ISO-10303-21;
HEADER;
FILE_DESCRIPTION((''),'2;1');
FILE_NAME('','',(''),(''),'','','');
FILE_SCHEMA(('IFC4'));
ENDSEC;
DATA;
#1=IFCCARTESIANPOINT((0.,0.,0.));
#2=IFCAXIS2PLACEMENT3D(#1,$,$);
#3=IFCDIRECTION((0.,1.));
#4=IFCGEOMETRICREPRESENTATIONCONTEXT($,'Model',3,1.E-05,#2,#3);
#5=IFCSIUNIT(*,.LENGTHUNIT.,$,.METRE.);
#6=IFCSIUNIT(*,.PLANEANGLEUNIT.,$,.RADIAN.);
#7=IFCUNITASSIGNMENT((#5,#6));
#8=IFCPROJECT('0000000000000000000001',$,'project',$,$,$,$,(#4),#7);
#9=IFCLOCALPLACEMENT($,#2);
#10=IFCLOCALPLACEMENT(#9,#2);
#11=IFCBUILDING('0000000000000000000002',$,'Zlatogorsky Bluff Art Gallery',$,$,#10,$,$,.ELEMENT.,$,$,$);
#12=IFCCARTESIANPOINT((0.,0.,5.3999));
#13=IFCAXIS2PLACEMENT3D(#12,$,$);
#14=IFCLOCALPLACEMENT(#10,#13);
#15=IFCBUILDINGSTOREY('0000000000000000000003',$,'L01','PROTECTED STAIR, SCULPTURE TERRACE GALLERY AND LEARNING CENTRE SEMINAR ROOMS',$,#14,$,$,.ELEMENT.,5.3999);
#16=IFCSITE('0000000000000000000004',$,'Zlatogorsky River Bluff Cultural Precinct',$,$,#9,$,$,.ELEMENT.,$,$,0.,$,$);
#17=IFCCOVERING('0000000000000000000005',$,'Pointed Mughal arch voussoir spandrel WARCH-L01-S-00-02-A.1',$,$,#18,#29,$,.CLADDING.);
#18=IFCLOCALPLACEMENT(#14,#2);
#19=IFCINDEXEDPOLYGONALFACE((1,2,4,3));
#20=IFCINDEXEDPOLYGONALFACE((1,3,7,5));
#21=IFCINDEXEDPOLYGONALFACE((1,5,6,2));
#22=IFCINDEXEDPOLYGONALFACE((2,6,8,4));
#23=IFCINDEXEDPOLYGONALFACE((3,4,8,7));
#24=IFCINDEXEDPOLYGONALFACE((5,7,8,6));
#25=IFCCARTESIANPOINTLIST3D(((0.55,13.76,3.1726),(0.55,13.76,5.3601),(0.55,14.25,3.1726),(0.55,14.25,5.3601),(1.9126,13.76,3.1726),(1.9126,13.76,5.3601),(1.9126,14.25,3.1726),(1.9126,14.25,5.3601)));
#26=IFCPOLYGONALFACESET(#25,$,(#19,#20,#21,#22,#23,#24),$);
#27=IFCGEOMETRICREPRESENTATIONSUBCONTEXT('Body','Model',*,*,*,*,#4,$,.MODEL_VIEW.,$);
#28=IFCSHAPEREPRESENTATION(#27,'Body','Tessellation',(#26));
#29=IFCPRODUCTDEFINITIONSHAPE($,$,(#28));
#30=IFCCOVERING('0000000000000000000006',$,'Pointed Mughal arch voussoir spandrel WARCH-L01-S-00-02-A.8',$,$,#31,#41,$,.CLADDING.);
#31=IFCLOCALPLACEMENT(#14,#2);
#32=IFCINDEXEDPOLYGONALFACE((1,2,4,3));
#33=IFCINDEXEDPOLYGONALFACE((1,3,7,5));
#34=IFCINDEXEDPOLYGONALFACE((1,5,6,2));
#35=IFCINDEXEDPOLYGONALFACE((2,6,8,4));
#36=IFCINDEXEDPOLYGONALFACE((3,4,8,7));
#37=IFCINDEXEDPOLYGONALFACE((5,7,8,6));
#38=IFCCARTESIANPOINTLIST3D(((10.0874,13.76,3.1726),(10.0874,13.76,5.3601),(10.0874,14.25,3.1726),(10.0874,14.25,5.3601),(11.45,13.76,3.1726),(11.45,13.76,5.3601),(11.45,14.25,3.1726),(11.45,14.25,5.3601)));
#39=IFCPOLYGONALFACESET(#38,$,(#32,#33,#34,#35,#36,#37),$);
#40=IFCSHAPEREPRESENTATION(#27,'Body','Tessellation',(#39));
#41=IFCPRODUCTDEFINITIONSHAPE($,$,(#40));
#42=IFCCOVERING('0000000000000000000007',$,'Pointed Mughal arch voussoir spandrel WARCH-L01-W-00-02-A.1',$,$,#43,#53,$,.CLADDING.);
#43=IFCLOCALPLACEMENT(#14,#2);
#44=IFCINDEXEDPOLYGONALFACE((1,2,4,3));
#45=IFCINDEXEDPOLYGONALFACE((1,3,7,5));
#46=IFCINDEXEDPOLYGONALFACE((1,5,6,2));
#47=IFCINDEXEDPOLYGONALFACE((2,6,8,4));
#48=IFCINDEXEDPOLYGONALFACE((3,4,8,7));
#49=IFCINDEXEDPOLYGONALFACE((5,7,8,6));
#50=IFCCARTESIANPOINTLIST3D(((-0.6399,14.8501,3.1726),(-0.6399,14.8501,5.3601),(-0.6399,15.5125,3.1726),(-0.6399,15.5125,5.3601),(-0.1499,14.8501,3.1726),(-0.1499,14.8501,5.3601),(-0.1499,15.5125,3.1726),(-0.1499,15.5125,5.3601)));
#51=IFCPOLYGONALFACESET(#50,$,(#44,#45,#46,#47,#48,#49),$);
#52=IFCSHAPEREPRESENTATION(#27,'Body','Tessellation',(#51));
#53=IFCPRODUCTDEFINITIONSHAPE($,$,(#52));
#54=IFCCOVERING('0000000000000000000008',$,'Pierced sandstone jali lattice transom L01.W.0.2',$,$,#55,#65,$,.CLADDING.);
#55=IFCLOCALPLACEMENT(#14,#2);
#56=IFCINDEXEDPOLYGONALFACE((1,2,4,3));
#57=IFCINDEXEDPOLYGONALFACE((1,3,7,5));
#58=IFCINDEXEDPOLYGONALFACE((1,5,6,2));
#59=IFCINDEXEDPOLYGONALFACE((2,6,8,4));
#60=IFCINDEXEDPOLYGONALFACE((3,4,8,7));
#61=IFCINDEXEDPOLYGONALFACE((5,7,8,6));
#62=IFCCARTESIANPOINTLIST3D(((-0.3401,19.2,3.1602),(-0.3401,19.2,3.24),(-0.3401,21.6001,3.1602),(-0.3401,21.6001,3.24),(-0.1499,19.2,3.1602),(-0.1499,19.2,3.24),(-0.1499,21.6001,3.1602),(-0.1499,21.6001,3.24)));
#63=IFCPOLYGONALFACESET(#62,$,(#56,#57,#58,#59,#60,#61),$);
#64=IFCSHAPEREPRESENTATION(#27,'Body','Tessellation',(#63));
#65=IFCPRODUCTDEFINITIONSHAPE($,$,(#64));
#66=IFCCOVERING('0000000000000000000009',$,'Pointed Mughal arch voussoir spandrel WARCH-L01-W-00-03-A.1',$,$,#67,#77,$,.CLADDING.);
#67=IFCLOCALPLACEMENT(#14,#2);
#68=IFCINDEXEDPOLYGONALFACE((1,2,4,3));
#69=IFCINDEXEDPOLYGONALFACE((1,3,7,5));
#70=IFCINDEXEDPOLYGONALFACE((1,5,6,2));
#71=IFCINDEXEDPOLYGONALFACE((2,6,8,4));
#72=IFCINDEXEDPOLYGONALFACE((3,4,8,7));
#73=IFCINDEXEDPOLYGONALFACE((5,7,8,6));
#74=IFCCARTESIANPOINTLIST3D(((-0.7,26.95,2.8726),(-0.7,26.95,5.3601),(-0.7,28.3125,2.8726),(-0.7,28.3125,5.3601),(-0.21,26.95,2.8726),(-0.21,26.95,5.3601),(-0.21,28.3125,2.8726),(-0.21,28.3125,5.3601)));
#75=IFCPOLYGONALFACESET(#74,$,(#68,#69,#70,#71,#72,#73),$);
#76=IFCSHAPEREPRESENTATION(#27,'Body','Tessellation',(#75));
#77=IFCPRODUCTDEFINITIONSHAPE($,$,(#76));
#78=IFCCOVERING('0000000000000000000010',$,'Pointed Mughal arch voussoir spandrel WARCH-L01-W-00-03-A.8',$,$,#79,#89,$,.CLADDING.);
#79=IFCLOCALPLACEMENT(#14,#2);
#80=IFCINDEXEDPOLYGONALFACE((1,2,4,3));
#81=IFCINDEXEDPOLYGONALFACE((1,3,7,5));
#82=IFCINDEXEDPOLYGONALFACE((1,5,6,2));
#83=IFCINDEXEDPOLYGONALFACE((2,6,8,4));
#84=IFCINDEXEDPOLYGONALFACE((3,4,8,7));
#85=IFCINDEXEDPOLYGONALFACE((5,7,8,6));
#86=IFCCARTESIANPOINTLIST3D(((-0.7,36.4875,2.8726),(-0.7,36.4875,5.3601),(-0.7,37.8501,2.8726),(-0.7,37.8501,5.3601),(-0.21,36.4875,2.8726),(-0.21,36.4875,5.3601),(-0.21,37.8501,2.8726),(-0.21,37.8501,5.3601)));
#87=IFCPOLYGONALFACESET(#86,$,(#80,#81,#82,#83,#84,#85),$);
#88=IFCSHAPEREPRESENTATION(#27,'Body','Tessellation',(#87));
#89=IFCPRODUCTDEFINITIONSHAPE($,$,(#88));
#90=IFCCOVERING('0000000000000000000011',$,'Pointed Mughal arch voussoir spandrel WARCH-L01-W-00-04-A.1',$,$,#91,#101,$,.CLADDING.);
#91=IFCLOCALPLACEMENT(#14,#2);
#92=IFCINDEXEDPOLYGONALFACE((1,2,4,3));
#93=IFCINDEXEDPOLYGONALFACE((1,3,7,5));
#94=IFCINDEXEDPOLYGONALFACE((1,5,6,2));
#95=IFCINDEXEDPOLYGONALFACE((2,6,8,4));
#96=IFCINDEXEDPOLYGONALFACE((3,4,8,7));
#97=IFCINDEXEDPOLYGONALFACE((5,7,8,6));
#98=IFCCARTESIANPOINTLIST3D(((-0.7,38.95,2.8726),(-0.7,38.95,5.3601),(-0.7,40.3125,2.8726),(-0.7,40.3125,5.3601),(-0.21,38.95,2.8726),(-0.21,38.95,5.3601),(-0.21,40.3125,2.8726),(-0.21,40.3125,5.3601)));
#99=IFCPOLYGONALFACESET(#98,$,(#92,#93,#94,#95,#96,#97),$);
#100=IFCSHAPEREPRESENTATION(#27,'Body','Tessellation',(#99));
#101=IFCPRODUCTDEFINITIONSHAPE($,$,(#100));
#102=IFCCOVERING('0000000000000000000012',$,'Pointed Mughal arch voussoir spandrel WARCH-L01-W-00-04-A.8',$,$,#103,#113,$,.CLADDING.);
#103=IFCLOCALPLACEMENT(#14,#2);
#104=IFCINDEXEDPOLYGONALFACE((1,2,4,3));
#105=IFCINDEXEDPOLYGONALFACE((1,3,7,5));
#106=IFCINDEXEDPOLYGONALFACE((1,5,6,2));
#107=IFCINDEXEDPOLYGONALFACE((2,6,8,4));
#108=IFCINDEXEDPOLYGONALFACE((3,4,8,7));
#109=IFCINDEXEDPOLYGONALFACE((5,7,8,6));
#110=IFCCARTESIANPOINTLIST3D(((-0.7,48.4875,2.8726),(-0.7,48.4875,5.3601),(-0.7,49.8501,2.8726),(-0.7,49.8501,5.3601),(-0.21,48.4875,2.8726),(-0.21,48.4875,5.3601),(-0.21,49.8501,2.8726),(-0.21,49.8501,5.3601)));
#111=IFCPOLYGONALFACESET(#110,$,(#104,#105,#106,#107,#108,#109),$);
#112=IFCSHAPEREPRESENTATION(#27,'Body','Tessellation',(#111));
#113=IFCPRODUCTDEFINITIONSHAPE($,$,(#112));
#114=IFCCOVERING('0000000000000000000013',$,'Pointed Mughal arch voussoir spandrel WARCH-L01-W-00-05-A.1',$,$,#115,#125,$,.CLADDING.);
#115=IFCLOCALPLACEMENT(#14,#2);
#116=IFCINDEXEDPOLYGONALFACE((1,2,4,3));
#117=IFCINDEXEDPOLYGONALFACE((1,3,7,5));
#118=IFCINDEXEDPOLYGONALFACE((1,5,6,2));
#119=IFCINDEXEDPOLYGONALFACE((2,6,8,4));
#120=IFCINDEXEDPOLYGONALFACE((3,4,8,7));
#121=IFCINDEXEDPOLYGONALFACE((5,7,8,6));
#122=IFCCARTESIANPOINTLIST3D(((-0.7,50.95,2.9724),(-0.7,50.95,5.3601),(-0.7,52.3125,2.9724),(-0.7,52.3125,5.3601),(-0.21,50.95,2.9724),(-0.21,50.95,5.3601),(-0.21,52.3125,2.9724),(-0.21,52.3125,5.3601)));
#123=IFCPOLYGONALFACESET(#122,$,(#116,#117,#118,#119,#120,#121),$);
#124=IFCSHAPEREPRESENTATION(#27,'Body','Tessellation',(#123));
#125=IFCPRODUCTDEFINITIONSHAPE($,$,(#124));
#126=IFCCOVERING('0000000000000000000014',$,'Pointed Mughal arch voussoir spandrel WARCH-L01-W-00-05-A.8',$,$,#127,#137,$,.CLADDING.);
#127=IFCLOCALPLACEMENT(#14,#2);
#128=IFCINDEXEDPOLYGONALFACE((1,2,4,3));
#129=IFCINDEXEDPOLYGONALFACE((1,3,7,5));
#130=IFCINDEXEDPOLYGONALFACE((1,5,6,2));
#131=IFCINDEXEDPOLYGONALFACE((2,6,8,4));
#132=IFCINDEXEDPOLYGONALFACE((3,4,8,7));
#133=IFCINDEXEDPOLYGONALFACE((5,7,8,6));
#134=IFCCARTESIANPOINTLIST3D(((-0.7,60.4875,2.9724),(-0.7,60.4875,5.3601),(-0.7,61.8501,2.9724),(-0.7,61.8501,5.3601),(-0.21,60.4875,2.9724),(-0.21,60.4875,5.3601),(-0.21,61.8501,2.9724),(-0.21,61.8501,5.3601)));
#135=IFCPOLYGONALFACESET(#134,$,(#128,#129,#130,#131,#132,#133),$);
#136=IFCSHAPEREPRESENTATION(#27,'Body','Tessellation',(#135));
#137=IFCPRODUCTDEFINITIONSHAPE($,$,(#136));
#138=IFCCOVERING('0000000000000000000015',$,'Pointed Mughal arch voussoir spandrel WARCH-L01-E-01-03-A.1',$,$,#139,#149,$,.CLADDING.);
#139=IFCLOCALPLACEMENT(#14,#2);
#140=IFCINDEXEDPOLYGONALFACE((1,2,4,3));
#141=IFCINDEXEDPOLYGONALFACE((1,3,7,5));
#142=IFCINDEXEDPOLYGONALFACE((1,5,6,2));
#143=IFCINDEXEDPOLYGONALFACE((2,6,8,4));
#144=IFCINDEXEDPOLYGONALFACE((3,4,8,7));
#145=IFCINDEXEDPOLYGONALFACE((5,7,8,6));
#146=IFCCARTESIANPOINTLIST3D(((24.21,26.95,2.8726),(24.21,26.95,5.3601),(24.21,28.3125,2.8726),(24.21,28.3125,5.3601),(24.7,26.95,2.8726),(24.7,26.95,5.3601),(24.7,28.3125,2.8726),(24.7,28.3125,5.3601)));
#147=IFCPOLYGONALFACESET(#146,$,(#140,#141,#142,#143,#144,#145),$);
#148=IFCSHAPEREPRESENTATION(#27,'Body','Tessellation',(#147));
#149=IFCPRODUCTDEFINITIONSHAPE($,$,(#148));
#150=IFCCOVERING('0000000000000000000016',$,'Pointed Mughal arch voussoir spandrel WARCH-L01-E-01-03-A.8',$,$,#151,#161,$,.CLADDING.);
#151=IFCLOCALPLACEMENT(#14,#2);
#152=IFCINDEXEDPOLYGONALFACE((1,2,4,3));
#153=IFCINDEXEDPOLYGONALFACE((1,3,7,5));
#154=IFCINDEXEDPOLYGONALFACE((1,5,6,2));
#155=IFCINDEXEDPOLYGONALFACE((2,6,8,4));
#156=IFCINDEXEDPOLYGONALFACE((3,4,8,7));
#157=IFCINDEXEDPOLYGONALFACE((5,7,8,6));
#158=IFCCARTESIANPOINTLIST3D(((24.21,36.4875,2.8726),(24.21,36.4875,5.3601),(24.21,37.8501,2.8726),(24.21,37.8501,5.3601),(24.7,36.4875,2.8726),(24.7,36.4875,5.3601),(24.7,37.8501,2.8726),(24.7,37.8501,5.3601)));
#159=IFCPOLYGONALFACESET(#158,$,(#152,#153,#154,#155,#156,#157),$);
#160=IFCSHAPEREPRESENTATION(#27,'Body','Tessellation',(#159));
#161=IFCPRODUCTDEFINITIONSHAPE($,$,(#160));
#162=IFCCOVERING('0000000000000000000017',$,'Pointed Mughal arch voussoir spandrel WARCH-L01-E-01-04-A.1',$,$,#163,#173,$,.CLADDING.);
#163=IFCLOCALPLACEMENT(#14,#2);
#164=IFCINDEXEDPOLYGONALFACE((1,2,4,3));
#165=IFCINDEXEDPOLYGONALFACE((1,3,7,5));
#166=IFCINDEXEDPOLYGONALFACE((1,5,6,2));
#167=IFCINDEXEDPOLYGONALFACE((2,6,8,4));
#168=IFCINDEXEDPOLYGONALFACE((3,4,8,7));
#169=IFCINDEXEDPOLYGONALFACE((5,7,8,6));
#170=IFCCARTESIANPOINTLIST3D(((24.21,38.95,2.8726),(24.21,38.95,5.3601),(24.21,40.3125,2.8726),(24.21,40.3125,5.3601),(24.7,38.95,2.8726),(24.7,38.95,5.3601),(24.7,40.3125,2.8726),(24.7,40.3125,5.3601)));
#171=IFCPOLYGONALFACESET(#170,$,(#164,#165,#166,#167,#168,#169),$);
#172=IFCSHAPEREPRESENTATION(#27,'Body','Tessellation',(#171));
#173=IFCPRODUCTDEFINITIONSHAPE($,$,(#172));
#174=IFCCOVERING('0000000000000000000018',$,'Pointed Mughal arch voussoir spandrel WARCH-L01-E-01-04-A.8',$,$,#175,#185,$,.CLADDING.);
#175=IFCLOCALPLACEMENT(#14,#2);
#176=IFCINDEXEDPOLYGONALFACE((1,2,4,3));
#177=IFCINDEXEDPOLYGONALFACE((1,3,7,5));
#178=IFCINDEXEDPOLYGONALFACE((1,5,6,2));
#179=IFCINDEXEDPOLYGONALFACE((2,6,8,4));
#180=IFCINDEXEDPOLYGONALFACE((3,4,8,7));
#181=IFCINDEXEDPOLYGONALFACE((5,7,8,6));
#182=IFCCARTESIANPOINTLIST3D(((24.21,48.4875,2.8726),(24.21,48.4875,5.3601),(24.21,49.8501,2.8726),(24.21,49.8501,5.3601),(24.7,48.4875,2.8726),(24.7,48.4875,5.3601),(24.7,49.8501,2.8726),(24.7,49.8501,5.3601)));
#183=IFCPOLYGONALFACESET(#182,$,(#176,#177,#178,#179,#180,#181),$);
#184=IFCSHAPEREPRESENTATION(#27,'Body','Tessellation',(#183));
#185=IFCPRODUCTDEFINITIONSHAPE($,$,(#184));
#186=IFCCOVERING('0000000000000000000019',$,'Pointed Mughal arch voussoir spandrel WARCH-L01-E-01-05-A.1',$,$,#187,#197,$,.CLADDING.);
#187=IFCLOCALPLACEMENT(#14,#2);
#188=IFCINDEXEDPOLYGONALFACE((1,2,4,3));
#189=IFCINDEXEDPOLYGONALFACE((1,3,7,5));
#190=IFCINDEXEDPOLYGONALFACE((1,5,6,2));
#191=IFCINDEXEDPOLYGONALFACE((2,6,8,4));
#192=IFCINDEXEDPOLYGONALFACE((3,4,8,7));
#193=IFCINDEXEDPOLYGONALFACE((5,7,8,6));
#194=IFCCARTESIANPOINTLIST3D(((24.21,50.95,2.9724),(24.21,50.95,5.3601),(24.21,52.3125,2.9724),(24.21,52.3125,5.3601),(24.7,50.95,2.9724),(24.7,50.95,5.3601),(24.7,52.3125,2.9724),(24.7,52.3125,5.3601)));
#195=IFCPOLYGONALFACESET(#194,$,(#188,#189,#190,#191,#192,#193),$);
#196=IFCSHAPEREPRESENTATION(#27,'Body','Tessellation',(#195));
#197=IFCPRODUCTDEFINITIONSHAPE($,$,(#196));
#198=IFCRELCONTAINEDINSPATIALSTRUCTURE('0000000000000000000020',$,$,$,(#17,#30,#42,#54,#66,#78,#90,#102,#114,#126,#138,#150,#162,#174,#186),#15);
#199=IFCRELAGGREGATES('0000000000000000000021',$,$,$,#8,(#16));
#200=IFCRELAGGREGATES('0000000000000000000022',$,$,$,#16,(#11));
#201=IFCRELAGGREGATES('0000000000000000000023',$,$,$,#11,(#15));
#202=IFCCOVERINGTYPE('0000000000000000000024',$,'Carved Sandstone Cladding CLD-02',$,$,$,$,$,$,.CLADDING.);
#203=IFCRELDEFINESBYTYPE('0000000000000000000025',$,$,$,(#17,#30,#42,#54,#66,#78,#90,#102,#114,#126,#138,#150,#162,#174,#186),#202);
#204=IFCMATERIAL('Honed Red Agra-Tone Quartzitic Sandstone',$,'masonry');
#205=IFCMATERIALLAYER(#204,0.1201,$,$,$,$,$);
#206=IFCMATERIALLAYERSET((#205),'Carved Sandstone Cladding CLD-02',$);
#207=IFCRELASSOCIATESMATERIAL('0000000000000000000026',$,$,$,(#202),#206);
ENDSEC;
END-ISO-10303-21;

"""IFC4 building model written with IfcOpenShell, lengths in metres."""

from ifc_helpers import new_model, si_unit, direction, frame, origin, place, context, subcontext, project, spatial, polyline, outline, extrude, material, layer, layer_set, type_object, element, save


model = new_model("IFC4")

# Units and contexts
model_context = context("Model", 3, precision=1e-05, world=origin(), true_north=direction((0.0, 1.0)))
body_context = subcontext(model_context, "Body", "Model", "MODEL_VIEW")
ifc_project = project(units=[si_unit("LENGTHUNIT", "METRE"), si_unit("PLANEANGLEUNIT", "RADIAN")], contexts=[model_context])

# Site, building, storey
site_placement = place(None, origin())
site = spatial("IfcSite", under=ifc_project, at=site_placement, Name="Zlatogorsky River Bluff Cultural Precinct", CompositionType="ELEMENT", RefElevation=0.0)
building_placement = place(site_placement, origin())
building = spatial("IfcBuilding", under=site, at=building_placement, Name="Zlatogorsky Bluff Art Gallery", CompositionType="ELEMENT")
storey_placement = place(building_placement, frame((0.0, 0.0, 5.3999)))
storey = spatial("IfcBuildingStorey", under=building, at=storey_placement, Name="L01", Description="PROTECTED STAIR, SCULPTURE TERRACE GALLERY AND LEARNING CENTRE SEMINAR ROOMS", CompositionType="ELEMENT", Elevation=5.3999)

# Coverings
ifc_material = material(Name="Honed Red Agra-Tone Quartzitic Sandstone", Category="masonry")
ifc_layer = layer(ifc_material, 0.1201)
ifc_layer_set = layer_set([ifc_layer], Name="Carved Sandstone Cladding CLD-02")
covering_type = type_object("IfcCoveringType", Name="Carved Sandstone Cladding CLD-02", PredefinedType="CLADDING", material=ifc_layer_set)
covering_1_placement = place(storey_placement, frame((0.0, 0.0, 3.1726)))
element("IfcCovering", 1, at=covering_1_placement, inside=storey, type_object=covering_type, Name="Pointed Mughal arch voussoir spandrel WARCH-L01-S-00-02-A.1", PredefinedType="CLADDING", context=body_context, shape_type="SweptSolid", body=[
    extrude(outline(polyline([(0.55, 13.76), (1.9126, 13.76), (1.9126, 14.25), (0.55, 14.25), (0.55, 13.76)])), origin(), (0.0, 0.0, 1.0), 2.1875),
])
covering_2_placement = place(storey_placement, frame((0.0, 0.0, 3.1726)))
element("IfcCovering", 2, at=covering_2_placement, inside=storey, type_object=covering_type, Name="Pointed Mughal arch voussoir spandrel WARCH-L01-S-00-02-A.8", PredefinedType="CLADDING", context=body_context, shape_type="SweptSolid", body=[
    extrude(outline(polyline([(10.0874, 13.76), (11.45, 13.76), (11.45, 14.25), (10.0874, 14.25), (10.0874, 13.76)])), origin(), (0.0, 0.0, 1.0), 2.1875),
])
covering_3_placement = place(storey_placement, frame((0.0, 0.0, 3.1726)))
element("IfcCovering", 3, at=covering_3_placement, inside=storey, type_object=covering_type, Name="Pointed Mughal arch voussoir spandrel WARCH-L01-W-00-02-A.1", PredefinedType="CLADDING", context=body_context, shape_type="SweptSolid", body=[
    extrude(outline(polyline([(-0.6399, 14.8501), (-0.6399, 15.5125), (-0.1499, 15.5125), (-0.1499, 14.8501), (-0.6399, 14.8501)])), origin(), (0.0, 0.0, 1.0), 2.1875),
])
covering_4_placement = place(storey_placement, frame((0.0, 0.0, 3.1602)))
element("IfcCovering", 4, at=covering_4_placement, inside=storey, type_object=covering_type, Name="Pierced sandstone jali lattice transom L01.W.0.2", PredefinedType="CLADDING", context=body_context, shape_type="SweptSolid", body=[
    extrude(outline(polyline([(-0.3401, 19.2), (-0.3401, 21.6001), (-0.1499, 21.6001), (-0.1499, 19.2), (-0.3401, 19.2)])), origin(), (0.0, 0.0, 1.0), 0.0798),
])
covering_5_placement = place(storey_placement, frame((0.0, 0.0, 2.8726)))
element("IfcCovering", 5, at=covering_5_placement, inside=storey, type_object=covering_type, Name="Pointed Mughal arch voussoir spandrel WARCH-L01-W-00-03-A.1", PredefinedType="CLADDING", context=body_context, shape_type="SweptSolid", body=[
    extrude(outline(polyline([(-0.7, 26.95), (-0.7, 28.3125), (-0.21, 28.3125), (-0.21, 26.95), (-0.7, 26.95)])), origin(), (0.0, 0.0, 1.0), 2.4875),
])
covering_6_placement = place(storey_placement, frame((0.0, 0.0, 2.8726)))
element("IfcCovering", 6, at=covering_6_placement, inside=storey, type_object=covering_type, Name="Pointed Mughal arch voussoir spandrel WARCH-L01-W-00-03-A.8", PredefinedType="CLADDING", context=body_context, shape_type="SweptSolid", body=[
    extrude(outline(polyline([(-0.7, 36.4875), (-0.7, 37.8501), (-0.21, 37.8501), (-0.21, 36.4875), (-0.7, 36.4875)])), origin(), (0.0, 0.0, 1.0), 2.4875),
])
covering_7_placement = place(storey_placement, frame((0.0, 0.0, 2.8726)))
element("IfcCovering", 7, at=covering_7_placement, inside=storey, type_object=covering_type, Name="Pointed Mughal arch voussoir spandrel WARCH-L01-W-00-04-A.1", PredefinedType="CLADDING", context=body_context, shape_type="SweptSolid", body=[
    extrude(outline(polyline([(-0.7, 38.95), (-0.7, 40.3125), (-0.21, 40.3125), (-0.21, 38.95), (-0.7, 38.95)])), origin(), (0.0, 0.0, 1.0), 2.4875),
])
covering_8_placement = place(storey_placement, frame((0.0, 0.0, 2.8726)))
element("IfcCovering", 8, at=covering_8_placement, inside=storey, type_object=covering_type, Name="Pointed Mughal arch voussoir spandrel WARCH-L01-W-00-04-A.8", PredefinedType="CLADDING", context=body_context, shape_type="SweptSolid", body=[
    extrude(outline(polyline([(-0.7, 48.4875), (-0.7, 49.8501), (-0.21, 49.8501), (-0.21, 48.4875), (-0.7, 48.4875)])), origin(), (0.0, 0.0, 1.0), 2.4875),
])
covering_9_placement = place(storey_placement, frame((0.0, 0.0, 2.9724)))
element("IfcCovering", 9, at=covering_9_placement, inside=storey, type_object=covering_type, Name="Pointed Mughal arch voussoir spandrel WARCH-L01-W-00-05-A.1", PredefinedType="CLADDING", context=body_context, shape_type="SweptSolid", body=[
    extrude(outline(polyline([(-0.7, 50.95), (-0.7, 52.3125), (-0.21, 52.3125), (-0.21, 50.95), (-0.7, 50.95)])), origin(), (0.0, 0.0, 1.0), 2.3877),
])
covering_10_placement = place(storey_placement, frame((0.0, 0.0, 2.9724)))
element("IfcCovering", 10, at=covering_10_placement, inside=storey, type_object=covering_type, Name="Pointed Mughal arch voussoir spandrel WARCH-L01-W-00-05-A.8", PredefinedType="CLADDING", context=body_context, shape_type="SweptSolid", body=[
    extrude(outline(polyline([(-0.7, 60.4875), (-0.7, 61.8501), (-0.21, 61.8501), (-0.21, 60.4875), (-0.7, 60.4875)])), origin(), (0.0, 0.0, 1.0), 2.3877),
])
covering_11_placement = place(storey_placement, frame((0.0, 0.0, 2.8726)))
element("IfcCovering", 11, at=covering_11_placement, inside=storey, type_object=covering_type, Name="Pointed Mughal arch voussoir spandrel WARCH-L01-E-01-03-A.1", PredefinedType="CLADDING", context=body_context, shape_type="SweptSolid", body=[
    extrude(outline(polyline([(24.21, 26.95), (24.21, 28.3125), (24.7, 28.3125), (24.7, 26.95), (24.21, 26.95)])), origin(), (0.0, 0.0, 1.0), 2.4875),
])
covering_12_placement = place(storey_placement, frame((0.0, 0.0, 2.8726)))
element("IfcCovering", 12, at=covering_12_placement, inside=storey, type_object=covering_type, Name="Pointed Mughal arch voussoir spandrel WARCH-L01-E-01-03-A.8", PredefinedType="CLADDING", context=body_context, shape_type="SweptSolid", body=[
    extrude(outline(polyline([(24.21, 36.4875), (24.21, 37.8501), (24.7, 37.8501), (24.7, 36.4875), (24.21, 36.4875)])), origin(), (0.0, 0.0, 1.0), 2.4875),
])
covering_13_placement = place(storey_placement, frame((0.0, 0.0, 2.8726)))
element("IfcCovering", 13, at=covering_13_placement, inside=storey, type_object=covering_type, Name="Pointed Mughal arch voussoir spandrel WARCH-L01-E-01-04-A.1", PredefinedType="CLADDING", context=body_context, shape_type="SweptSolid", body=[
    extrude(outline(polyline([(24.21, 38.95), (24.21, 40.3125), (24.7, 40.3125), (24.7, 38.95), (24.21, 38.95)])), origin(), (0.0, 0.0, 1.0), 2.4875),
])
covering_14_placement = place(storey_placement, frame((0.0, 0.0, 2.8726)))
element("IfcCovering", 14, at=covering_14_placement, inside=storey, type_object=covering_type, Name="Pointed Mughal arch voussoir spandrel WARCH-L01-E-01-04-A.8", PredefinedType="CLADDING", context=body_context, shape_type="SweptSolid", body=[
    extrude(outline(polyline([(24.21, 48.4875), (24.21, 49.8501), (24.7, 49.8501), (24.7, 48.4875), (24.21, 48.4875)])), origin(), (0.0, 0.0, 1.0), 2.4875),
])
covering_15_placement = place(storey_placement, frame((0.0, 0.0, 2.9724)))
element("IfcCovering", 15, at=covering_15_placement, inside=storey, type_object=covering_type, Name="Pointed Mughal arch voussoir spandrel WARCH-L01-E-01-05-A.1", PredefinedType="CLADDING", context=body_context, shape_type="SweptSolid", body=[
    extrude(outline(polyline([(24.21, 50.95), (24.21, 52.3125), (24.7, 52.3125), (24.7, 50.95), (24.21, 50.95)])), origin(), (0.0, 0.0, 1.0), 2.3877),
])

save(model, "model.ifc")
